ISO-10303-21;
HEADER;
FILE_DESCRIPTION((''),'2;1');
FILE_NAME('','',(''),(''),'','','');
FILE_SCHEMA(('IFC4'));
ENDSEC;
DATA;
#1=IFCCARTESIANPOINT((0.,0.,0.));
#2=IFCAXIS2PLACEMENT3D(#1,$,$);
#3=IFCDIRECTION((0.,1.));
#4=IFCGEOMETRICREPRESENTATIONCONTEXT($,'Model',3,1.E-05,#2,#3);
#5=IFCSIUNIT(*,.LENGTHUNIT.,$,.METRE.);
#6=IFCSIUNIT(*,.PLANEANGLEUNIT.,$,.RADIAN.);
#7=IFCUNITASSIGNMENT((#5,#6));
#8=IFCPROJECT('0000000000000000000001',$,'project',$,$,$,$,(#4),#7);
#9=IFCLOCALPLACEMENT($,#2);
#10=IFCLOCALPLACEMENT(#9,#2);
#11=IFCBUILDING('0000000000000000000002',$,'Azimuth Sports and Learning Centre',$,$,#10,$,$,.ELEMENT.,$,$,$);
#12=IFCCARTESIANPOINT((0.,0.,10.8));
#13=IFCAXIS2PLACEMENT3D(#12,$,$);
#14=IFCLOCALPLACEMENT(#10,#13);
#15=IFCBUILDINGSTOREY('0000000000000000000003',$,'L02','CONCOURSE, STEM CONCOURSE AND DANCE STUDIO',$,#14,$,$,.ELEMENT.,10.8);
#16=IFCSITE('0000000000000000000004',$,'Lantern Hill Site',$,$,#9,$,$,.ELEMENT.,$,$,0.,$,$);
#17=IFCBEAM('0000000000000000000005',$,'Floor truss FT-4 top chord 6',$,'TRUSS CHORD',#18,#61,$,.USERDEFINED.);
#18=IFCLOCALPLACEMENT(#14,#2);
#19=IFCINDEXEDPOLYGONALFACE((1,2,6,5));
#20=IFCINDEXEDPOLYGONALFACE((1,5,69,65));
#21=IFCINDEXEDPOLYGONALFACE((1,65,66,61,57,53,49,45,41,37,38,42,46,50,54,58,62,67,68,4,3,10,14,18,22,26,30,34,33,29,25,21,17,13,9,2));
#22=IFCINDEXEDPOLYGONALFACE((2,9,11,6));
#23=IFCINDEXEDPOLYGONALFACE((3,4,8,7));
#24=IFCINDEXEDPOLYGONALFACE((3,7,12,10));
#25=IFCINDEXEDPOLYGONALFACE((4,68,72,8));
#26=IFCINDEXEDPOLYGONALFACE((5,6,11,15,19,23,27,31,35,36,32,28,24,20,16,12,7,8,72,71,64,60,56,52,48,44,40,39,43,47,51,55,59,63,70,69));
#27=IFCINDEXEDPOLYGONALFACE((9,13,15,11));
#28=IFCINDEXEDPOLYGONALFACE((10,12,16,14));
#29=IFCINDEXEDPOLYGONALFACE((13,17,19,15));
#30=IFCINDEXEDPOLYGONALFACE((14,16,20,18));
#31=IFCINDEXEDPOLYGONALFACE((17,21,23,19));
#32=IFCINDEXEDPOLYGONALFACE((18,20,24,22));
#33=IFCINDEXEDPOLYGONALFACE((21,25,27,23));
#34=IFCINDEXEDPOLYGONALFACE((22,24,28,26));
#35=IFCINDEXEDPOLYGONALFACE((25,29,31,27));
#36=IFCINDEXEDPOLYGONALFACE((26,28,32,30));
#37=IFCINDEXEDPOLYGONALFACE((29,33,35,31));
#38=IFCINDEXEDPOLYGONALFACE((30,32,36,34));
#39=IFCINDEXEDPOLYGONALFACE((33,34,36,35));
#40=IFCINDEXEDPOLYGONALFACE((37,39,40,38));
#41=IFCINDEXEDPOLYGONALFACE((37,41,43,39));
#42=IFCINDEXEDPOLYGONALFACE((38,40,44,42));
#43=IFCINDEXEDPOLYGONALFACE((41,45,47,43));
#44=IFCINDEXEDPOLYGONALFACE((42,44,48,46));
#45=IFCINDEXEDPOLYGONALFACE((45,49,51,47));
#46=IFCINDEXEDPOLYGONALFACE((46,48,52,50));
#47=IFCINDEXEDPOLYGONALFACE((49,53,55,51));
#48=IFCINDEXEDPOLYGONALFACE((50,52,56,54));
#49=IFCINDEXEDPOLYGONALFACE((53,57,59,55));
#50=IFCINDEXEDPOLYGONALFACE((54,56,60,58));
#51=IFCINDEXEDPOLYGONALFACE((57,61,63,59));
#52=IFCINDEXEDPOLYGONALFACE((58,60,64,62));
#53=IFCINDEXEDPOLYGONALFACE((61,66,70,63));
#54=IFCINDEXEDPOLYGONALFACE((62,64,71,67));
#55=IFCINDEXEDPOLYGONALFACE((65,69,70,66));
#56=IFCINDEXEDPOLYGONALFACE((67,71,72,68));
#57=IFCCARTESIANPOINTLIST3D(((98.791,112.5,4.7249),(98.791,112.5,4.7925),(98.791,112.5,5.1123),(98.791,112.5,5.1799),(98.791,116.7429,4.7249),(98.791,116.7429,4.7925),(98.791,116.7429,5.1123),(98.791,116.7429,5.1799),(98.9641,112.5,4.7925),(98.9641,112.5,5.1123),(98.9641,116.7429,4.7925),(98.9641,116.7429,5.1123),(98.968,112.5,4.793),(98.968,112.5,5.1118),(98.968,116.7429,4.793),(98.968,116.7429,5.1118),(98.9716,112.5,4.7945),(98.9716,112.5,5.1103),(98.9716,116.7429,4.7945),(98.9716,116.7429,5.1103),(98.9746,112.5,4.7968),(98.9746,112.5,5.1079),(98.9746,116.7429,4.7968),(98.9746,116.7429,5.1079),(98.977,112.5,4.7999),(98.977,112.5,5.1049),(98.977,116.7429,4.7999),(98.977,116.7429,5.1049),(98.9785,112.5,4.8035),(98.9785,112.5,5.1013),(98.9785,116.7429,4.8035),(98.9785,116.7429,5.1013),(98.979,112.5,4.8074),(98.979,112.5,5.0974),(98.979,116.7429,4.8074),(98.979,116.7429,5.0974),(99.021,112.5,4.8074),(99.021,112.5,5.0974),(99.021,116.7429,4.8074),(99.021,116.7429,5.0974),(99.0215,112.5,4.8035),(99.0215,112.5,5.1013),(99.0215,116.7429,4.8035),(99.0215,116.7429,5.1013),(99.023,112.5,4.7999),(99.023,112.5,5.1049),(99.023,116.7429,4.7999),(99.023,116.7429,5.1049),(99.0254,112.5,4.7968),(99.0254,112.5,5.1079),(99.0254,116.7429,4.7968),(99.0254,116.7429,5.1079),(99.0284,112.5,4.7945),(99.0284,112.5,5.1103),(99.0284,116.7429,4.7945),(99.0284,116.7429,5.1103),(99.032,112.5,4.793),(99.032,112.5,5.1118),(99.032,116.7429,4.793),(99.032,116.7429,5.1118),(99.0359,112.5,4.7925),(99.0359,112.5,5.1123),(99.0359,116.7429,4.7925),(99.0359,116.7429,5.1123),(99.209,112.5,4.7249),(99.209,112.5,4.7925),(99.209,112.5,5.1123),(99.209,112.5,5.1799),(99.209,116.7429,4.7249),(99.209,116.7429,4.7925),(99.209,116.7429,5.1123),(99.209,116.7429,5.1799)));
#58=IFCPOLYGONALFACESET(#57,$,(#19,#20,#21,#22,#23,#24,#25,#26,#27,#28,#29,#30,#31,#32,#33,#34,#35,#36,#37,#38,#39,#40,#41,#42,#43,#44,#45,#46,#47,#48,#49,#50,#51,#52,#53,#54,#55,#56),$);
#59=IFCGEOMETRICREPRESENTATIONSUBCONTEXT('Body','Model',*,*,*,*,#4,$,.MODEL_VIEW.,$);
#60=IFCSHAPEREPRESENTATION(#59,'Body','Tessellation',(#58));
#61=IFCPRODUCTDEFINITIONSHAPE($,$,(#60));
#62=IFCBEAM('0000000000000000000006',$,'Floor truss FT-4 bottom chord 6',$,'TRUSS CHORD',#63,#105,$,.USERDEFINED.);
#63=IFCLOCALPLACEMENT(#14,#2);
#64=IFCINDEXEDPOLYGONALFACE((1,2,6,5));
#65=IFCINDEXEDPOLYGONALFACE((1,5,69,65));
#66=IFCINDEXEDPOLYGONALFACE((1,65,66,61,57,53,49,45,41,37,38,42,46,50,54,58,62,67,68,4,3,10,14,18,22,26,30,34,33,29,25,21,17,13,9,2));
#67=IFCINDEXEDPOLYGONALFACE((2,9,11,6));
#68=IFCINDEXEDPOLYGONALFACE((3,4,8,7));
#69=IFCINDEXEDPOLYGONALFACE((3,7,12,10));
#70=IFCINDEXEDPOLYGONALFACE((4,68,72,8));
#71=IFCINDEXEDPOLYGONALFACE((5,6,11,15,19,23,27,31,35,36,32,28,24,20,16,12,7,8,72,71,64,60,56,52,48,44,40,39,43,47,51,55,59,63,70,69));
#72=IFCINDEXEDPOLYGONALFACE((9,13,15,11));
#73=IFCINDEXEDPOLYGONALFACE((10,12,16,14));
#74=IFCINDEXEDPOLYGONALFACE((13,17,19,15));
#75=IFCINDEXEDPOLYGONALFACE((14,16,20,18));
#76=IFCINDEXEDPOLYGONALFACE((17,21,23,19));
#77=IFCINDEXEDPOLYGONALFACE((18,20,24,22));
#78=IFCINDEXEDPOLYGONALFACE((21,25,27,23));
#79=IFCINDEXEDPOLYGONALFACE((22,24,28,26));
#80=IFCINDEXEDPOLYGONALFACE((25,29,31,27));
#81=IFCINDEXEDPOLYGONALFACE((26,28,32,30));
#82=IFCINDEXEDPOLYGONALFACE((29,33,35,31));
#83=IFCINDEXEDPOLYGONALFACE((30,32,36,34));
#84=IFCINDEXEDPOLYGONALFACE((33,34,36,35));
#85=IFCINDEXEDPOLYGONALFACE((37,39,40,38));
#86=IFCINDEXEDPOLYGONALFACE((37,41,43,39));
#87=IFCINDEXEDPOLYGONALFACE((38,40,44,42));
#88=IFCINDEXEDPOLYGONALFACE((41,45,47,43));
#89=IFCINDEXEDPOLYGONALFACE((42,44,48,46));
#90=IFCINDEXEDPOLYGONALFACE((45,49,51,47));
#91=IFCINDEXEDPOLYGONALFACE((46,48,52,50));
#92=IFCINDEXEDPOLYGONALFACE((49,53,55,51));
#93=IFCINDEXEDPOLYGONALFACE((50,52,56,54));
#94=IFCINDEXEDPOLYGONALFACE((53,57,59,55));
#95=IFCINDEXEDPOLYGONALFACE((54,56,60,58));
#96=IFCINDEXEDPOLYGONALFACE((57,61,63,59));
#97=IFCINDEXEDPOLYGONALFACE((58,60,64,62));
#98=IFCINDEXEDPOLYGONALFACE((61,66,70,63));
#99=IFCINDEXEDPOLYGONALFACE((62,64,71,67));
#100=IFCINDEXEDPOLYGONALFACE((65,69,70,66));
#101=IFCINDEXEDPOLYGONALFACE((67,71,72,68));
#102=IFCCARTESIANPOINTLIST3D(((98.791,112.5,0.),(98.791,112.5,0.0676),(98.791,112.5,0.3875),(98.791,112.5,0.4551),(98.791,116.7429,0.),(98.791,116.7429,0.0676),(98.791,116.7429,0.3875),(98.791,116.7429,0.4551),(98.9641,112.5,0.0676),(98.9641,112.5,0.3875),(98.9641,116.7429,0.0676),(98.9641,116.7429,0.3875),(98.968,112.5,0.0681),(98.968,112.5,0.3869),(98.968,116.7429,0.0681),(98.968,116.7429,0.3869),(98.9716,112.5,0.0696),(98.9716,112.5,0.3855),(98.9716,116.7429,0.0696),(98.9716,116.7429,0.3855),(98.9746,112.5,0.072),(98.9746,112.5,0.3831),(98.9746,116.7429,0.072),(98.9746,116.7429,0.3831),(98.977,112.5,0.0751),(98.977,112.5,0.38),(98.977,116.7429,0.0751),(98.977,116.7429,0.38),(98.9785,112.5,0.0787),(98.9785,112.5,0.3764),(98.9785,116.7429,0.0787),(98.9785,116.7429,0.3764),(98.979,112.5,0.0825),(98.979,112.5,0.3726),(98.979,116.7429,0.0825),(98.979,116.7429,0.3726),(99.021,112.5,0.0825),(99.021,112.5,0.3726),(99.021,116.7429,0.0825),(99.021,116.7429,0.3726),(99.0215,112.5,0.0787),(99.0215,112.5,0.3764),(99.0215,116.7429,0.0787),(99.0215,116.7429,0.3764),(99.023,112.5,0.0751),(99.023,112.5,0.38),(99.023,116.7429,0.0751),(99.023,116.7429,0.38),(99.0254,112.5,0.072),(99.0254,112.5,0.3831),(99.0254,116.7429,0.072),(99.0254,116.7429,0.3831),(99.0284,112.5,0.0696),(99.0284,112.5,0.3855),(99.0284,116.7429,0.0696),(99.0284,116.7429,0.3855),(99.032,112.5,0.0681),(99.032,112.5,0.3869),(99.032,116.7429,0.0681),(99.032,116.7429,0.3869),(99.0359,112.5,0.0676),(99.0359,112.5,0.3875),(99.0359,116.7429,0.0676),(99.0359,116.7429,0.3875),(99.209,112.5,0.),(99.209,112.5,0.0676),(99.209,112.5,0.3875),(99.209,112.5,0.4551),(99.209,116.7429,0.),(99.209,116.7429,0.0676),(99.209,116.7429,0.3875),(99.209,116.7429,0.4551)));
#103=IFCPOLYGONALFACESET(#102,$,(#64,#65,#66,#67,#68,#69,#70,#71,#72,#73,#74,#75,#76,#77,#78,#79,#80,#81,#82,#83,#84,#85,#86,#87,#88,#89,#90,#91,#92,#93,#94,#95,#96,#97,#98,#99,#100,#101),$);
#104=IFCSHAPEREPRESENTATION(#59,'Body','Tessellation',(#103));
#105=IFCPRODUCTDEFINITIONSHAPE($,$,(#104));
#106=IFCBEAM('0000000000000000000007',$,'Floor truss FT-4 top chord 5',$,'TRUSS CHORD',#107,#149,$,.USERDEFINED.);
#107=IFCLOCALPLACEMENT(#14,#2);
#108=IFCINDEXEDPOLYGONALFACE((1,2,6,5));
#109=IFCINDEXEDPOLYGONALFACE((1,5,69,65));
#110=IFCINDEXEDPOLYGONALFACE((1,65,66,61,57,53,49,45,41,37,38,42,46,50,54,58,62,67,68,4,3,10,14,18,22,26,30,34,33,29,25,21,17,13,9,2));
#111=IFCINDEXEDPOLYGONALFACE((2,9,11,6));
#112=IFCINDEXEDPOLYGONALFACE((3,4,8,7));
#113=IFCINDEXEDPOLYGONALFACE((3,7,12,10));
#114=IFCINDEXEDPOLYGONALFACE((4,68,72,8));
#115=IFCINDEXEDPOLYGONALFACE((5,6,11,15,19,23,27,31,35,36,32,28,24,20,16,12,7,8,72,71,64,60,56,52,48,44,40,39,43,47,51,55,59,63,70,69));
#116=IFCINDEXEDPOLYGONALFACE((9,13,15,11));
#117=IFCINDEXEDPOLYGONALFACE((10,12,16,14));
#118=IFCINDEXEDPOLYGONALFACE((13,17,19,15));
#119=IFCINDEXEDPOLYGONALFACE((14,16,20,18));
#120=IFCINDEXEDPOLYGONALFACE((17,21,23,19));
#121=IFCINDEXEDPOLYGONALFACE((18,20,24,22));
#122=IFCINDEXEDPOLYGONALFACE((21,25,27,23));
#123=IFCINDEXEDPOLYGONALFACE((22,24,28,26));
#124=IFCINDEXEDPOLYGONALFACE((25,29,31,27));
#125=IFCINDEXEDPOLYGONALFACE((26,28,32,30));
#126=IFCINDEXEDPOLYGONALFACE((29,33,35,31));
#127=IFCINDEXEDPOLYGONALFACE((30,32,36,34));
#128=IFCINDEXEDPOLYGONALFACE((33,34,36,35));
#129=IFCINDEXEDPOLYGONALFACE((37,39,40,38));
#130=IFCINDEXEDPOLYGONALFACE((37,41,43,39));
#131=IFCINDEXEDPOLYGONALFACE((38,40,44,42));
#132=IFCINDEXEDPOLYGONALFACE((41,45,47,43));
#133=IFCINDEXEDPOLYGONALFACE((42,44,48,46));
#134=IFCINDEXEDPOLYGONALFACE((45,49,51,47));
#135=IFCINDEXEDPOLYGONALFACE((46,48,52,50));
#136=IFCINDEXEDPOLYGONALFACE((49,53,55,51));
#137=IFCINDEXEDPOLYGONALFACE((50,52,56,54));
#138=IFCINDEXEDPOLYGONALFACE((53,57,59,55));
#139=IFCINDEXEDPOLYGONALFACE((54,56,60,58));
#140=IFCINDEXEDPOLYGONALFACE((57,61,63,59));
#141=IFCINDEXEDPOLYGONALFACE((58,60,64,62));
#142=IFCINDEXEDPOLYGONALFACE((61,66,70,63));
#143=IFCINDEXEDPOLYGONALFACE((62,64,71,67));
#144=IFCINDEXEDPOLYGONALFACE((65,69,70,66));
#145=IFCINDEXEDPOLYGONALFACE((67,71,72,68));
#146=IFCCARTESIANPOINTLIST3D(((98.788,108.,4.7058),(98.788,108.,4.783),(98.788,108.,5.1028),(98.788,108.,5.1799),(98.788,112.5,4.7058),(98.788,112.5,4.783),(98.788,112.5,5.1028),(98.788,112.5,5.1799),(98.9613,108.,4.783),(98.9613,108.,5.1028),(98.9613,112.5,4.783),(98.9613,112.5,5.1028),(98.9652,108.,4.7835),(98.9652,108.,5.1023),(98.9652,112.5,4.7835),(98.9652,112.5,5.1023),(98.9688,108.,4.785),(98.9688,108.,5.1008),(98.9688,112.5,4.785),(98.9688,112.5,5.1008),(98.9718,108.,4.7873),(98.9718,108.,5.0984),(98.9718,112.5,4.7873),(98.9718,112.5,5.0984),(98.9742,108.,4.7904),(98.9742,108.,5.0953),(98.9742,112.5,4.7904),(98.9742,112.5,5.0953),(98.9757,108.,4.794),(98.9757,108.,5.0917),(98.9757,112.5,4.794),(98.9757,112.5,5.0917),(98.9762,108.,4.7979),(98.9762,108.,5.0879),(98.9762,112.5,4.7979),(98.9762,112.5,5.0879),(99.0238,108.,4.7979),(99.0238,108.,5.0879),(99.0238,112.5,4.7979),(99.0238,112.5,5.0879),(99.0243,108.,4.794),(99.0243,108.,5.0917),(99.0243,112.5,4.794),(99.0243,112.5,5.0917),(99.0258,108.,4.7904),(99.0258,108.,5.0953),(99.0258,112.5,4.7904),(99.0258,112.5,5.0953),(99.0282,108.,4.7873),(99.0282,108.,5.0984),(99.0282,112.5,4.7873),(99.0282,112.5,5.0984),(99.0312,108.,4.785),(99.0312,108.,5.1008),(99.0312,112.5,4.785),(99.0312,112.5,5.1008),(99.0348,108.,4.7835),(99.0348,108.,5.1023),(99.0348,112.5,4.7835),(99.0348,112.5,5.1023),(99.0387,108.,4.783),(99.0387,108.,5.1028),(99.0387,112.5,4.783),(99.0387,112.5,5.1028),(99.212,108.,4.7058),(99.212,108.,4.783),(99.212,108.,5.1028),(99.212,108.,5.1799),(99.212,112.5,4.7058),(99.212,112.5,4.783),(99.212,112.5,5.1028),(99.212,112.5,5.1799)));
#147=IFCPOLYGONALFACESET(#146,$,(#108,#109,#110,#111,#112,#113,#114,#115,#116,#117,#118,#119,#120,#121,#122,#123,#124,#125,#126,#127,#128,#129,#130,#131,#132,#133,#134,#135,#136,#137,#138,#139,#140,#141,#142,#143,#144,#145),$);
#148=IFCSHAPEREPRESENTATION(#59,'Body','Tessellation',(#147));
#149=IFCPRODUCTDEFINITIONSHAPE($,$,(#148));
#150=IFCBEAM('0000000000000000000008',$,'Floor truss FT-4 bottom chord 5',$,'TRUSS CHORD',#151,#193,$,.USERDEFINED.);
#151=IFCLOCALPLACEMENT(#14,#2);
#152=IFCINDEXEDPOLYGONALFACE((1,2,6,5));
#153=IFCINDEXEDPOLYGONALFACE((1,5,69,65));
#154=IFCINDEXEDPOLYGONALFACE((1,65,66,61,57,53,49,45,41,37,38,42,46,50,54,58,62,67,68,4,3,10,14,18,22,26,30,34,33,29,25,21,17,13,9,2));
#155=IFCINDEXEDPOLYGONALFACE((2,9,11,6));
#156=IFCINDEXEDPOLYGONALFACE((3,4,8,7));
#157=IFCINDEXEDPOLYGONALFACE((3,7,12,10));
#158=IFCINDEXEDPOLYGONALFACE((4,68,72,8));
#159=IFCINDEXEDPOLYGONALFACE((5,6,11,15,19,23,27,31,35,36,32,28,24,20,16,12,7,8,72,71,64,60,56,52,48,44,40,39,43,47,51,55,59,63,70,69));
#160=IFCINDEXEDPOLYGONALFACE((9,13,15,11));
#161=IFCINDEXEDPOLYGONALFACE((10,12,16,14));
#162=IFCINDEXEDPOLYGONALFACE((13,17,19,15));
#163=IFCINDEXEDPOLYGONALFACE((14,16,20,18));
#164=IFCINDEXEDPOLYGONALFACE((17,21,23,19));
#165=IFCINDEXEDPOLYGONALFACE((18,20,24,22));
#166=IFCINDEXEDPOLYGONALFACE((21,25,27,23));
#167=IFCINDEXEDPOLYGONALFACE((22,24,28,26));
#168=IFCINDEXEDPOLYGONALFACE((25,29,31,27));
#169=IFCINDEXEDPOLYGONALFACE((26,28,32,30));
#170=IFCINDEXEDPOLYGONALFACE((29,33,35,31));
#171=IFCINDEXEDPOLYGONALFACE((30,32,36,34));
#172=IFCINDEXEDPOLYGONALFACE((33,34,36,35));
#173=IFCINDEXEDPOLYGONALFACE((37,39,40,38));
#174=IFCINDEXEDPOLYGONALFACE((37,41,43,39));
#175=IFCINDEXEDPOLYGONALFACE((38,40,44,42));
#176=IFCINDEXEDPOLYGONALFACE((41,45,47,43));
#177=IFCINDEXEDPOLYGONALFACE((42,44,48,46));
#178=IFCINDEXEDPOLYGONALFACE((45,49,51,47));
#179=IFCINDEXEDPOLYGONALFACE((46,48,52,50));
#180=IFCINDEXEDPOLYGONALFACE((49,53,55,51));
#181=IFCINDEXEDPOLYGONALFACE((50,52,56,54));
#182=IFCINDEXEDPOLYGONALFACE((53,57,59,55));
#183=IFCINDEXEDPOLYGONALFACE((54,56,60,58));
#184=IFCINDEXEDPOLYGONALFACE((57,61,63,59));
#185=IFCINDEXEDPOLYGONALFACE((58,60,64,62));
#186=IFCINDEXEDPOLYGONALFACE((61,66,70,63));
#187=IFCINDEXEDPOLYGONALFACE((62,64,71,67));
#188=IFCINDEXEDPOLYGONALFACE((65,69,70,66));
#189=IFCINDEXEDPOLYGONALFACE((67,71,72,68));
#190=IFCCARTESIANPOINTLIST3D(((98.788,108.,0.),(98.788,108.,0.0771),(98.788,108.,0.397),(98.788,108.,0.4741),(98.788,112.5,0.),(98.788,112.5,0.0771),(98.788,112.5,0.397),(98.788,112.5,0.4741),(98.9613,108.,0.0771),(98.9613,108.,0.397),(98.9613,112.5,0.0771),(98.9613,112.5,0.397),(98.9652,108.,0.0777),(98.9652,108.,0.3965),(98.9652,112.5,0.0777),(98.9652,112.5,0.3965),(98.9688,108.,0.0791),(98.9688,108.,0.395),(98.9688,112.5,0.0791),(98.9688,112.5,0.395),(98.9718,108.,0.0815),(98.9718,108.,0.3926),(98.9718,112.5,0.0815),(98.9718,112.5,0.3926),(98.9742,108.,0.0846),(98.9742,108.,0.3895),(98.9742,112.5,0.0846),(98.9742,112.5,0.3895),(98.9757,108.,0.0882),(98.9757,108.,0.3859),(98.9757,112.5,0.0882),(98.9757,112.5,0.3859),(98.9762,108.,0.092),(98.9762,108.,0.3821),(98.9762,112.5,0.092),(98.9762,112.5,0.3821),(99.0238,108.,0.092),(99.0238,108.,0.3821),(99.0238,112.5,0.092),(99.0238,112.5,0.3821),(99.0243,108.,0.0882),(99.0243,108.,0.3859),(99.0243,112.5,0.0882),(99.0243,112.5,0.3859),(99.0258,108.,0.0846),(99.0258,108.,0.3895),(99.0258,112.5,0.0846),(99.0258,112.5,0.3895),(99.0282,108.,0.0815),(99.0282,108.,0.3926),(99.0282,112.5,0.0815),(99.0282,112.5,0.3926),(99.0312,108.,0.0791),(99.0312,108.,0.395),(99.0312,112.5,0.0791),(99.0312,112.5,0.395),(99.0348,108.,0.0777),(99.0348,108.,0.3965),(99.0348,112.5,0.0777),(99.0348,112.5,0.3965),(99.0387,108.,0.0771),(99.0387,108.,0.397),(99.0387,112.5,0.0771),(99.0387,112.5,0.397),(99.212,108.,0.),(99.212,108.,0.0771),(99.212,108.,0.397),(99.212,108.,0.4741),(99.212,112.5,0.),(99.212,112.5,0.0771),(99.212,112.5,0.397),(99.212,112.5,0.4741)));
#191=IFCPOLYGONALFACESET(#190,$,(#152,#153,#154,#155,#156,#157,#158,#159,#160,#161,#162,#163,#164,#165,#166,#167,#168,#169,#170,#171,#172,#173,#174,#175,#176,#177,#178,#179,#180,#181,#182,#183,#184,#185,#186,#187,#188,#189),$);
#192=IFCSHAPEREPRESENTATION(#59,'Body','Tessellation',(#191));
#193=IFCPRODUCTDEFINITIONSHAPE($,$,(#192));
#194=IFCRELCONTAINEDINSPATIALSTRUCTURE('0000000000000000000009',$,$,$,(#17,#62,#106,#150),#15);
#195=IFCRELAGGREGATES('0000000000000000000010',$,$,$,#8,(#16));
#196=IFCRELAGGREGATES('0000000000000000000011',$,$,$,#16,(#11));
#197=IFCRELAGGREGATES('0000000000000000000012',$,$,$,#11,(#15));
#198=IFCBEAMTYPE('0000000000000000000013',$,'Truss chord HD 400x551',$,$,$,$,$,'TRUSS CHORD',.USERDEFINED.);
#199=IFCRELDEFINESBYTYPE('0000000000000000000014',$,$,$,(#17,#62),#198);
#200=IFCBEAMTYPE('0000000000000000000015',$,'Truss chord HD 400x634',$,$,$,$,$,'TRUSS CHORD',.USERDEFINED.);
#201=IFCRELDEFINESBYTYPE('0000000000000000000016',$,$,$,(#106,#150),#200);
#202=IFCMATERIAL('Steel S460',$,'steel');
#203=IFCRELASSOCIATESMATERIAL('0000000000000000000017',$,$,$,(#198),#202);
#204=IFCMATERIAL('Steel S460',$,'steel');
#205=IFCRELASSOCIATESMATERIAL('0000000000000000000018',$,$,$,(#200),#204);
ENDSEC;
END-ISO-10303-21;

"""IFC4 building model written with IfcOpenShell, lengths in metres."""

from ifc_helpers import new_model, si_unit, direction, frame, origin, origin_2d, place, context, subcontext, project, spatial, i_section, extrude, material, material_profile, profile_set, type_object, element, save


model = new_model("IFC4")

# Units and contexts
model_context = context("Model", 3, precision=1e-05, world=origin(), true_north=direction((0.0, 1.0)))
body_context = subcontext(model_context, "Body", "Model", "MODEL_VIEW")
ifc_project = project(units=[si_unit("LENGTHUNIT", "METRE"), si_unit("PLANEANGLEUNIT", "RADIAN")], contexts=[model_context])

# Site, building, storey
site_placement = place(None, origin())
site = spatial("IfcSite", under=ifc_project, at=site_placement, Name="Lantern Hill Site", CompositionType="ELEMENT", RefElevation=0.0)
building_placement = place(site_placement, origin())
building = spatial("IfcBuilding", under=site, at=building_placement, Name="Azimuth Sports and Learning Centre", CompositionType="ELEMENT")
storey_placement = place(building_placement, frame((0.0, 0.0, 10.8)))
storey = spatial("IfcBuildingStorey", under=building, at=storey_placement, Name="L02", Description="CONCOURSE, STEM CONCOURSE AND DANCE STUDIO", CompositionType="ELEMENT", Elevation=10.8)

# Beams
ifc_material_1 = material(Name="Steel S460", Category="steel")
ifc_material_profile_1 = material_profile(ifc_material_1, i_section(OverallWidth=0.418, OverallDepth=0.4551, WebThickness=0.042, FlangeThickness=0.0676, FilletRadius=0.0149, at=origin_2d()), Name="HD 400x551")
ifc_profile_set_1 = profile_set([ifc_material_profile_1], Name="Steel S460")
beam_type_1 = type_object("IfcBeamType", Name="Truss chord HD 400x551", ElementType="TRUSS CHORD", PredefinedType="USERDEFINED", material=ifc_profile_set_1)
for number, where, z_axis, x_axis, name in (
    (1, (99.0, 112.5, 4.9524), (0.0, 1.0, 0.0), (-1.0, 0.0, 0.0), "Floor truss FT-4 top chord 6"),
    (2, (99.0, 112.5, 0.2275), (0.0, 1.0, 0.0), (-1.0, 0.0, 0.0), "Floor truss FT-4 bottom chord 6"),
):
    element("IfcBeam", number, at=place(storey_placement, frame(where, z_axis=z_axis, x_axis=x_axis)), inside=storey, type_object=beam_type_1, Name=name, ObjectType="TRUSS CHORD", PredefinedType="USERDEFINED", context=body_context, shape_type="SweptSolid", body=[
        extrude(i_section(OverallWidth=0.418, OverallDepth=0.4551, WebThickness=0.042, FlangeThickness=0.0676, FilletRadius=0.0149, at=origin_2d()), origin(), (0.0, 0.0, 1.0), 4.2429),
    ])
ifc_material_2 = material(Name="Steel S460", Category="steel")
ifc_material_profile_2 = material_profile(ifc_material_2, i_section(OverallWidth=0.4241, OverallDepth=0.4741, WebThickness=0.0476, FlangeThickness=0.0771, FilletRadius=0.0149, at=origin_2d()), Name="HD 400x634")
ifc_profile_set_2 = profile_set([ifc_material_profile_2], Name="Steel S460")
beam_type_2 = type_object("IfcBeamType", Name="Truss chord HD 400x634", ElementType="TRUSS CHORD", PredefinedType="USERDEFINED", material=ifc_profile_set_2)
for number, where, z_axis, x_axis, name in (
    (3, (99.0, 108.0, 4.9429), (0.0, 1.0, 0.0), (-1.0, 0.0, 0.0), "Floor truss FT-4 top chord 5"),
    (4, (99.0, 108.0, 0.2371), (0.0, 1.0, 0.0), (-1.0, 0.0, 0.0), "Floor truss FT-4 bottom chord 5"),
):
    element("IfcBeam", number, at=place(storey_placement, frame(where, z_axis=z_axis, x_axis=x_axis)), inside=storey, type_object=beam_type_2, Name=name, ObjectType="TRUSS CHORD", PredefinedType="USERDEFINED", context=body_context, shape_type="SweptSolid", body=[
        extrude(i_section(OverallWidth=0.4241, OverallDepth=0.4741, WebThickness=0.0476, FlangeThickness=0.0771, FilletRadius=0.0149, at=origin_2d()), origin(), (0.0, 0.0, 1.0), 4.5),
    ])

save(model, "model.ifc")
